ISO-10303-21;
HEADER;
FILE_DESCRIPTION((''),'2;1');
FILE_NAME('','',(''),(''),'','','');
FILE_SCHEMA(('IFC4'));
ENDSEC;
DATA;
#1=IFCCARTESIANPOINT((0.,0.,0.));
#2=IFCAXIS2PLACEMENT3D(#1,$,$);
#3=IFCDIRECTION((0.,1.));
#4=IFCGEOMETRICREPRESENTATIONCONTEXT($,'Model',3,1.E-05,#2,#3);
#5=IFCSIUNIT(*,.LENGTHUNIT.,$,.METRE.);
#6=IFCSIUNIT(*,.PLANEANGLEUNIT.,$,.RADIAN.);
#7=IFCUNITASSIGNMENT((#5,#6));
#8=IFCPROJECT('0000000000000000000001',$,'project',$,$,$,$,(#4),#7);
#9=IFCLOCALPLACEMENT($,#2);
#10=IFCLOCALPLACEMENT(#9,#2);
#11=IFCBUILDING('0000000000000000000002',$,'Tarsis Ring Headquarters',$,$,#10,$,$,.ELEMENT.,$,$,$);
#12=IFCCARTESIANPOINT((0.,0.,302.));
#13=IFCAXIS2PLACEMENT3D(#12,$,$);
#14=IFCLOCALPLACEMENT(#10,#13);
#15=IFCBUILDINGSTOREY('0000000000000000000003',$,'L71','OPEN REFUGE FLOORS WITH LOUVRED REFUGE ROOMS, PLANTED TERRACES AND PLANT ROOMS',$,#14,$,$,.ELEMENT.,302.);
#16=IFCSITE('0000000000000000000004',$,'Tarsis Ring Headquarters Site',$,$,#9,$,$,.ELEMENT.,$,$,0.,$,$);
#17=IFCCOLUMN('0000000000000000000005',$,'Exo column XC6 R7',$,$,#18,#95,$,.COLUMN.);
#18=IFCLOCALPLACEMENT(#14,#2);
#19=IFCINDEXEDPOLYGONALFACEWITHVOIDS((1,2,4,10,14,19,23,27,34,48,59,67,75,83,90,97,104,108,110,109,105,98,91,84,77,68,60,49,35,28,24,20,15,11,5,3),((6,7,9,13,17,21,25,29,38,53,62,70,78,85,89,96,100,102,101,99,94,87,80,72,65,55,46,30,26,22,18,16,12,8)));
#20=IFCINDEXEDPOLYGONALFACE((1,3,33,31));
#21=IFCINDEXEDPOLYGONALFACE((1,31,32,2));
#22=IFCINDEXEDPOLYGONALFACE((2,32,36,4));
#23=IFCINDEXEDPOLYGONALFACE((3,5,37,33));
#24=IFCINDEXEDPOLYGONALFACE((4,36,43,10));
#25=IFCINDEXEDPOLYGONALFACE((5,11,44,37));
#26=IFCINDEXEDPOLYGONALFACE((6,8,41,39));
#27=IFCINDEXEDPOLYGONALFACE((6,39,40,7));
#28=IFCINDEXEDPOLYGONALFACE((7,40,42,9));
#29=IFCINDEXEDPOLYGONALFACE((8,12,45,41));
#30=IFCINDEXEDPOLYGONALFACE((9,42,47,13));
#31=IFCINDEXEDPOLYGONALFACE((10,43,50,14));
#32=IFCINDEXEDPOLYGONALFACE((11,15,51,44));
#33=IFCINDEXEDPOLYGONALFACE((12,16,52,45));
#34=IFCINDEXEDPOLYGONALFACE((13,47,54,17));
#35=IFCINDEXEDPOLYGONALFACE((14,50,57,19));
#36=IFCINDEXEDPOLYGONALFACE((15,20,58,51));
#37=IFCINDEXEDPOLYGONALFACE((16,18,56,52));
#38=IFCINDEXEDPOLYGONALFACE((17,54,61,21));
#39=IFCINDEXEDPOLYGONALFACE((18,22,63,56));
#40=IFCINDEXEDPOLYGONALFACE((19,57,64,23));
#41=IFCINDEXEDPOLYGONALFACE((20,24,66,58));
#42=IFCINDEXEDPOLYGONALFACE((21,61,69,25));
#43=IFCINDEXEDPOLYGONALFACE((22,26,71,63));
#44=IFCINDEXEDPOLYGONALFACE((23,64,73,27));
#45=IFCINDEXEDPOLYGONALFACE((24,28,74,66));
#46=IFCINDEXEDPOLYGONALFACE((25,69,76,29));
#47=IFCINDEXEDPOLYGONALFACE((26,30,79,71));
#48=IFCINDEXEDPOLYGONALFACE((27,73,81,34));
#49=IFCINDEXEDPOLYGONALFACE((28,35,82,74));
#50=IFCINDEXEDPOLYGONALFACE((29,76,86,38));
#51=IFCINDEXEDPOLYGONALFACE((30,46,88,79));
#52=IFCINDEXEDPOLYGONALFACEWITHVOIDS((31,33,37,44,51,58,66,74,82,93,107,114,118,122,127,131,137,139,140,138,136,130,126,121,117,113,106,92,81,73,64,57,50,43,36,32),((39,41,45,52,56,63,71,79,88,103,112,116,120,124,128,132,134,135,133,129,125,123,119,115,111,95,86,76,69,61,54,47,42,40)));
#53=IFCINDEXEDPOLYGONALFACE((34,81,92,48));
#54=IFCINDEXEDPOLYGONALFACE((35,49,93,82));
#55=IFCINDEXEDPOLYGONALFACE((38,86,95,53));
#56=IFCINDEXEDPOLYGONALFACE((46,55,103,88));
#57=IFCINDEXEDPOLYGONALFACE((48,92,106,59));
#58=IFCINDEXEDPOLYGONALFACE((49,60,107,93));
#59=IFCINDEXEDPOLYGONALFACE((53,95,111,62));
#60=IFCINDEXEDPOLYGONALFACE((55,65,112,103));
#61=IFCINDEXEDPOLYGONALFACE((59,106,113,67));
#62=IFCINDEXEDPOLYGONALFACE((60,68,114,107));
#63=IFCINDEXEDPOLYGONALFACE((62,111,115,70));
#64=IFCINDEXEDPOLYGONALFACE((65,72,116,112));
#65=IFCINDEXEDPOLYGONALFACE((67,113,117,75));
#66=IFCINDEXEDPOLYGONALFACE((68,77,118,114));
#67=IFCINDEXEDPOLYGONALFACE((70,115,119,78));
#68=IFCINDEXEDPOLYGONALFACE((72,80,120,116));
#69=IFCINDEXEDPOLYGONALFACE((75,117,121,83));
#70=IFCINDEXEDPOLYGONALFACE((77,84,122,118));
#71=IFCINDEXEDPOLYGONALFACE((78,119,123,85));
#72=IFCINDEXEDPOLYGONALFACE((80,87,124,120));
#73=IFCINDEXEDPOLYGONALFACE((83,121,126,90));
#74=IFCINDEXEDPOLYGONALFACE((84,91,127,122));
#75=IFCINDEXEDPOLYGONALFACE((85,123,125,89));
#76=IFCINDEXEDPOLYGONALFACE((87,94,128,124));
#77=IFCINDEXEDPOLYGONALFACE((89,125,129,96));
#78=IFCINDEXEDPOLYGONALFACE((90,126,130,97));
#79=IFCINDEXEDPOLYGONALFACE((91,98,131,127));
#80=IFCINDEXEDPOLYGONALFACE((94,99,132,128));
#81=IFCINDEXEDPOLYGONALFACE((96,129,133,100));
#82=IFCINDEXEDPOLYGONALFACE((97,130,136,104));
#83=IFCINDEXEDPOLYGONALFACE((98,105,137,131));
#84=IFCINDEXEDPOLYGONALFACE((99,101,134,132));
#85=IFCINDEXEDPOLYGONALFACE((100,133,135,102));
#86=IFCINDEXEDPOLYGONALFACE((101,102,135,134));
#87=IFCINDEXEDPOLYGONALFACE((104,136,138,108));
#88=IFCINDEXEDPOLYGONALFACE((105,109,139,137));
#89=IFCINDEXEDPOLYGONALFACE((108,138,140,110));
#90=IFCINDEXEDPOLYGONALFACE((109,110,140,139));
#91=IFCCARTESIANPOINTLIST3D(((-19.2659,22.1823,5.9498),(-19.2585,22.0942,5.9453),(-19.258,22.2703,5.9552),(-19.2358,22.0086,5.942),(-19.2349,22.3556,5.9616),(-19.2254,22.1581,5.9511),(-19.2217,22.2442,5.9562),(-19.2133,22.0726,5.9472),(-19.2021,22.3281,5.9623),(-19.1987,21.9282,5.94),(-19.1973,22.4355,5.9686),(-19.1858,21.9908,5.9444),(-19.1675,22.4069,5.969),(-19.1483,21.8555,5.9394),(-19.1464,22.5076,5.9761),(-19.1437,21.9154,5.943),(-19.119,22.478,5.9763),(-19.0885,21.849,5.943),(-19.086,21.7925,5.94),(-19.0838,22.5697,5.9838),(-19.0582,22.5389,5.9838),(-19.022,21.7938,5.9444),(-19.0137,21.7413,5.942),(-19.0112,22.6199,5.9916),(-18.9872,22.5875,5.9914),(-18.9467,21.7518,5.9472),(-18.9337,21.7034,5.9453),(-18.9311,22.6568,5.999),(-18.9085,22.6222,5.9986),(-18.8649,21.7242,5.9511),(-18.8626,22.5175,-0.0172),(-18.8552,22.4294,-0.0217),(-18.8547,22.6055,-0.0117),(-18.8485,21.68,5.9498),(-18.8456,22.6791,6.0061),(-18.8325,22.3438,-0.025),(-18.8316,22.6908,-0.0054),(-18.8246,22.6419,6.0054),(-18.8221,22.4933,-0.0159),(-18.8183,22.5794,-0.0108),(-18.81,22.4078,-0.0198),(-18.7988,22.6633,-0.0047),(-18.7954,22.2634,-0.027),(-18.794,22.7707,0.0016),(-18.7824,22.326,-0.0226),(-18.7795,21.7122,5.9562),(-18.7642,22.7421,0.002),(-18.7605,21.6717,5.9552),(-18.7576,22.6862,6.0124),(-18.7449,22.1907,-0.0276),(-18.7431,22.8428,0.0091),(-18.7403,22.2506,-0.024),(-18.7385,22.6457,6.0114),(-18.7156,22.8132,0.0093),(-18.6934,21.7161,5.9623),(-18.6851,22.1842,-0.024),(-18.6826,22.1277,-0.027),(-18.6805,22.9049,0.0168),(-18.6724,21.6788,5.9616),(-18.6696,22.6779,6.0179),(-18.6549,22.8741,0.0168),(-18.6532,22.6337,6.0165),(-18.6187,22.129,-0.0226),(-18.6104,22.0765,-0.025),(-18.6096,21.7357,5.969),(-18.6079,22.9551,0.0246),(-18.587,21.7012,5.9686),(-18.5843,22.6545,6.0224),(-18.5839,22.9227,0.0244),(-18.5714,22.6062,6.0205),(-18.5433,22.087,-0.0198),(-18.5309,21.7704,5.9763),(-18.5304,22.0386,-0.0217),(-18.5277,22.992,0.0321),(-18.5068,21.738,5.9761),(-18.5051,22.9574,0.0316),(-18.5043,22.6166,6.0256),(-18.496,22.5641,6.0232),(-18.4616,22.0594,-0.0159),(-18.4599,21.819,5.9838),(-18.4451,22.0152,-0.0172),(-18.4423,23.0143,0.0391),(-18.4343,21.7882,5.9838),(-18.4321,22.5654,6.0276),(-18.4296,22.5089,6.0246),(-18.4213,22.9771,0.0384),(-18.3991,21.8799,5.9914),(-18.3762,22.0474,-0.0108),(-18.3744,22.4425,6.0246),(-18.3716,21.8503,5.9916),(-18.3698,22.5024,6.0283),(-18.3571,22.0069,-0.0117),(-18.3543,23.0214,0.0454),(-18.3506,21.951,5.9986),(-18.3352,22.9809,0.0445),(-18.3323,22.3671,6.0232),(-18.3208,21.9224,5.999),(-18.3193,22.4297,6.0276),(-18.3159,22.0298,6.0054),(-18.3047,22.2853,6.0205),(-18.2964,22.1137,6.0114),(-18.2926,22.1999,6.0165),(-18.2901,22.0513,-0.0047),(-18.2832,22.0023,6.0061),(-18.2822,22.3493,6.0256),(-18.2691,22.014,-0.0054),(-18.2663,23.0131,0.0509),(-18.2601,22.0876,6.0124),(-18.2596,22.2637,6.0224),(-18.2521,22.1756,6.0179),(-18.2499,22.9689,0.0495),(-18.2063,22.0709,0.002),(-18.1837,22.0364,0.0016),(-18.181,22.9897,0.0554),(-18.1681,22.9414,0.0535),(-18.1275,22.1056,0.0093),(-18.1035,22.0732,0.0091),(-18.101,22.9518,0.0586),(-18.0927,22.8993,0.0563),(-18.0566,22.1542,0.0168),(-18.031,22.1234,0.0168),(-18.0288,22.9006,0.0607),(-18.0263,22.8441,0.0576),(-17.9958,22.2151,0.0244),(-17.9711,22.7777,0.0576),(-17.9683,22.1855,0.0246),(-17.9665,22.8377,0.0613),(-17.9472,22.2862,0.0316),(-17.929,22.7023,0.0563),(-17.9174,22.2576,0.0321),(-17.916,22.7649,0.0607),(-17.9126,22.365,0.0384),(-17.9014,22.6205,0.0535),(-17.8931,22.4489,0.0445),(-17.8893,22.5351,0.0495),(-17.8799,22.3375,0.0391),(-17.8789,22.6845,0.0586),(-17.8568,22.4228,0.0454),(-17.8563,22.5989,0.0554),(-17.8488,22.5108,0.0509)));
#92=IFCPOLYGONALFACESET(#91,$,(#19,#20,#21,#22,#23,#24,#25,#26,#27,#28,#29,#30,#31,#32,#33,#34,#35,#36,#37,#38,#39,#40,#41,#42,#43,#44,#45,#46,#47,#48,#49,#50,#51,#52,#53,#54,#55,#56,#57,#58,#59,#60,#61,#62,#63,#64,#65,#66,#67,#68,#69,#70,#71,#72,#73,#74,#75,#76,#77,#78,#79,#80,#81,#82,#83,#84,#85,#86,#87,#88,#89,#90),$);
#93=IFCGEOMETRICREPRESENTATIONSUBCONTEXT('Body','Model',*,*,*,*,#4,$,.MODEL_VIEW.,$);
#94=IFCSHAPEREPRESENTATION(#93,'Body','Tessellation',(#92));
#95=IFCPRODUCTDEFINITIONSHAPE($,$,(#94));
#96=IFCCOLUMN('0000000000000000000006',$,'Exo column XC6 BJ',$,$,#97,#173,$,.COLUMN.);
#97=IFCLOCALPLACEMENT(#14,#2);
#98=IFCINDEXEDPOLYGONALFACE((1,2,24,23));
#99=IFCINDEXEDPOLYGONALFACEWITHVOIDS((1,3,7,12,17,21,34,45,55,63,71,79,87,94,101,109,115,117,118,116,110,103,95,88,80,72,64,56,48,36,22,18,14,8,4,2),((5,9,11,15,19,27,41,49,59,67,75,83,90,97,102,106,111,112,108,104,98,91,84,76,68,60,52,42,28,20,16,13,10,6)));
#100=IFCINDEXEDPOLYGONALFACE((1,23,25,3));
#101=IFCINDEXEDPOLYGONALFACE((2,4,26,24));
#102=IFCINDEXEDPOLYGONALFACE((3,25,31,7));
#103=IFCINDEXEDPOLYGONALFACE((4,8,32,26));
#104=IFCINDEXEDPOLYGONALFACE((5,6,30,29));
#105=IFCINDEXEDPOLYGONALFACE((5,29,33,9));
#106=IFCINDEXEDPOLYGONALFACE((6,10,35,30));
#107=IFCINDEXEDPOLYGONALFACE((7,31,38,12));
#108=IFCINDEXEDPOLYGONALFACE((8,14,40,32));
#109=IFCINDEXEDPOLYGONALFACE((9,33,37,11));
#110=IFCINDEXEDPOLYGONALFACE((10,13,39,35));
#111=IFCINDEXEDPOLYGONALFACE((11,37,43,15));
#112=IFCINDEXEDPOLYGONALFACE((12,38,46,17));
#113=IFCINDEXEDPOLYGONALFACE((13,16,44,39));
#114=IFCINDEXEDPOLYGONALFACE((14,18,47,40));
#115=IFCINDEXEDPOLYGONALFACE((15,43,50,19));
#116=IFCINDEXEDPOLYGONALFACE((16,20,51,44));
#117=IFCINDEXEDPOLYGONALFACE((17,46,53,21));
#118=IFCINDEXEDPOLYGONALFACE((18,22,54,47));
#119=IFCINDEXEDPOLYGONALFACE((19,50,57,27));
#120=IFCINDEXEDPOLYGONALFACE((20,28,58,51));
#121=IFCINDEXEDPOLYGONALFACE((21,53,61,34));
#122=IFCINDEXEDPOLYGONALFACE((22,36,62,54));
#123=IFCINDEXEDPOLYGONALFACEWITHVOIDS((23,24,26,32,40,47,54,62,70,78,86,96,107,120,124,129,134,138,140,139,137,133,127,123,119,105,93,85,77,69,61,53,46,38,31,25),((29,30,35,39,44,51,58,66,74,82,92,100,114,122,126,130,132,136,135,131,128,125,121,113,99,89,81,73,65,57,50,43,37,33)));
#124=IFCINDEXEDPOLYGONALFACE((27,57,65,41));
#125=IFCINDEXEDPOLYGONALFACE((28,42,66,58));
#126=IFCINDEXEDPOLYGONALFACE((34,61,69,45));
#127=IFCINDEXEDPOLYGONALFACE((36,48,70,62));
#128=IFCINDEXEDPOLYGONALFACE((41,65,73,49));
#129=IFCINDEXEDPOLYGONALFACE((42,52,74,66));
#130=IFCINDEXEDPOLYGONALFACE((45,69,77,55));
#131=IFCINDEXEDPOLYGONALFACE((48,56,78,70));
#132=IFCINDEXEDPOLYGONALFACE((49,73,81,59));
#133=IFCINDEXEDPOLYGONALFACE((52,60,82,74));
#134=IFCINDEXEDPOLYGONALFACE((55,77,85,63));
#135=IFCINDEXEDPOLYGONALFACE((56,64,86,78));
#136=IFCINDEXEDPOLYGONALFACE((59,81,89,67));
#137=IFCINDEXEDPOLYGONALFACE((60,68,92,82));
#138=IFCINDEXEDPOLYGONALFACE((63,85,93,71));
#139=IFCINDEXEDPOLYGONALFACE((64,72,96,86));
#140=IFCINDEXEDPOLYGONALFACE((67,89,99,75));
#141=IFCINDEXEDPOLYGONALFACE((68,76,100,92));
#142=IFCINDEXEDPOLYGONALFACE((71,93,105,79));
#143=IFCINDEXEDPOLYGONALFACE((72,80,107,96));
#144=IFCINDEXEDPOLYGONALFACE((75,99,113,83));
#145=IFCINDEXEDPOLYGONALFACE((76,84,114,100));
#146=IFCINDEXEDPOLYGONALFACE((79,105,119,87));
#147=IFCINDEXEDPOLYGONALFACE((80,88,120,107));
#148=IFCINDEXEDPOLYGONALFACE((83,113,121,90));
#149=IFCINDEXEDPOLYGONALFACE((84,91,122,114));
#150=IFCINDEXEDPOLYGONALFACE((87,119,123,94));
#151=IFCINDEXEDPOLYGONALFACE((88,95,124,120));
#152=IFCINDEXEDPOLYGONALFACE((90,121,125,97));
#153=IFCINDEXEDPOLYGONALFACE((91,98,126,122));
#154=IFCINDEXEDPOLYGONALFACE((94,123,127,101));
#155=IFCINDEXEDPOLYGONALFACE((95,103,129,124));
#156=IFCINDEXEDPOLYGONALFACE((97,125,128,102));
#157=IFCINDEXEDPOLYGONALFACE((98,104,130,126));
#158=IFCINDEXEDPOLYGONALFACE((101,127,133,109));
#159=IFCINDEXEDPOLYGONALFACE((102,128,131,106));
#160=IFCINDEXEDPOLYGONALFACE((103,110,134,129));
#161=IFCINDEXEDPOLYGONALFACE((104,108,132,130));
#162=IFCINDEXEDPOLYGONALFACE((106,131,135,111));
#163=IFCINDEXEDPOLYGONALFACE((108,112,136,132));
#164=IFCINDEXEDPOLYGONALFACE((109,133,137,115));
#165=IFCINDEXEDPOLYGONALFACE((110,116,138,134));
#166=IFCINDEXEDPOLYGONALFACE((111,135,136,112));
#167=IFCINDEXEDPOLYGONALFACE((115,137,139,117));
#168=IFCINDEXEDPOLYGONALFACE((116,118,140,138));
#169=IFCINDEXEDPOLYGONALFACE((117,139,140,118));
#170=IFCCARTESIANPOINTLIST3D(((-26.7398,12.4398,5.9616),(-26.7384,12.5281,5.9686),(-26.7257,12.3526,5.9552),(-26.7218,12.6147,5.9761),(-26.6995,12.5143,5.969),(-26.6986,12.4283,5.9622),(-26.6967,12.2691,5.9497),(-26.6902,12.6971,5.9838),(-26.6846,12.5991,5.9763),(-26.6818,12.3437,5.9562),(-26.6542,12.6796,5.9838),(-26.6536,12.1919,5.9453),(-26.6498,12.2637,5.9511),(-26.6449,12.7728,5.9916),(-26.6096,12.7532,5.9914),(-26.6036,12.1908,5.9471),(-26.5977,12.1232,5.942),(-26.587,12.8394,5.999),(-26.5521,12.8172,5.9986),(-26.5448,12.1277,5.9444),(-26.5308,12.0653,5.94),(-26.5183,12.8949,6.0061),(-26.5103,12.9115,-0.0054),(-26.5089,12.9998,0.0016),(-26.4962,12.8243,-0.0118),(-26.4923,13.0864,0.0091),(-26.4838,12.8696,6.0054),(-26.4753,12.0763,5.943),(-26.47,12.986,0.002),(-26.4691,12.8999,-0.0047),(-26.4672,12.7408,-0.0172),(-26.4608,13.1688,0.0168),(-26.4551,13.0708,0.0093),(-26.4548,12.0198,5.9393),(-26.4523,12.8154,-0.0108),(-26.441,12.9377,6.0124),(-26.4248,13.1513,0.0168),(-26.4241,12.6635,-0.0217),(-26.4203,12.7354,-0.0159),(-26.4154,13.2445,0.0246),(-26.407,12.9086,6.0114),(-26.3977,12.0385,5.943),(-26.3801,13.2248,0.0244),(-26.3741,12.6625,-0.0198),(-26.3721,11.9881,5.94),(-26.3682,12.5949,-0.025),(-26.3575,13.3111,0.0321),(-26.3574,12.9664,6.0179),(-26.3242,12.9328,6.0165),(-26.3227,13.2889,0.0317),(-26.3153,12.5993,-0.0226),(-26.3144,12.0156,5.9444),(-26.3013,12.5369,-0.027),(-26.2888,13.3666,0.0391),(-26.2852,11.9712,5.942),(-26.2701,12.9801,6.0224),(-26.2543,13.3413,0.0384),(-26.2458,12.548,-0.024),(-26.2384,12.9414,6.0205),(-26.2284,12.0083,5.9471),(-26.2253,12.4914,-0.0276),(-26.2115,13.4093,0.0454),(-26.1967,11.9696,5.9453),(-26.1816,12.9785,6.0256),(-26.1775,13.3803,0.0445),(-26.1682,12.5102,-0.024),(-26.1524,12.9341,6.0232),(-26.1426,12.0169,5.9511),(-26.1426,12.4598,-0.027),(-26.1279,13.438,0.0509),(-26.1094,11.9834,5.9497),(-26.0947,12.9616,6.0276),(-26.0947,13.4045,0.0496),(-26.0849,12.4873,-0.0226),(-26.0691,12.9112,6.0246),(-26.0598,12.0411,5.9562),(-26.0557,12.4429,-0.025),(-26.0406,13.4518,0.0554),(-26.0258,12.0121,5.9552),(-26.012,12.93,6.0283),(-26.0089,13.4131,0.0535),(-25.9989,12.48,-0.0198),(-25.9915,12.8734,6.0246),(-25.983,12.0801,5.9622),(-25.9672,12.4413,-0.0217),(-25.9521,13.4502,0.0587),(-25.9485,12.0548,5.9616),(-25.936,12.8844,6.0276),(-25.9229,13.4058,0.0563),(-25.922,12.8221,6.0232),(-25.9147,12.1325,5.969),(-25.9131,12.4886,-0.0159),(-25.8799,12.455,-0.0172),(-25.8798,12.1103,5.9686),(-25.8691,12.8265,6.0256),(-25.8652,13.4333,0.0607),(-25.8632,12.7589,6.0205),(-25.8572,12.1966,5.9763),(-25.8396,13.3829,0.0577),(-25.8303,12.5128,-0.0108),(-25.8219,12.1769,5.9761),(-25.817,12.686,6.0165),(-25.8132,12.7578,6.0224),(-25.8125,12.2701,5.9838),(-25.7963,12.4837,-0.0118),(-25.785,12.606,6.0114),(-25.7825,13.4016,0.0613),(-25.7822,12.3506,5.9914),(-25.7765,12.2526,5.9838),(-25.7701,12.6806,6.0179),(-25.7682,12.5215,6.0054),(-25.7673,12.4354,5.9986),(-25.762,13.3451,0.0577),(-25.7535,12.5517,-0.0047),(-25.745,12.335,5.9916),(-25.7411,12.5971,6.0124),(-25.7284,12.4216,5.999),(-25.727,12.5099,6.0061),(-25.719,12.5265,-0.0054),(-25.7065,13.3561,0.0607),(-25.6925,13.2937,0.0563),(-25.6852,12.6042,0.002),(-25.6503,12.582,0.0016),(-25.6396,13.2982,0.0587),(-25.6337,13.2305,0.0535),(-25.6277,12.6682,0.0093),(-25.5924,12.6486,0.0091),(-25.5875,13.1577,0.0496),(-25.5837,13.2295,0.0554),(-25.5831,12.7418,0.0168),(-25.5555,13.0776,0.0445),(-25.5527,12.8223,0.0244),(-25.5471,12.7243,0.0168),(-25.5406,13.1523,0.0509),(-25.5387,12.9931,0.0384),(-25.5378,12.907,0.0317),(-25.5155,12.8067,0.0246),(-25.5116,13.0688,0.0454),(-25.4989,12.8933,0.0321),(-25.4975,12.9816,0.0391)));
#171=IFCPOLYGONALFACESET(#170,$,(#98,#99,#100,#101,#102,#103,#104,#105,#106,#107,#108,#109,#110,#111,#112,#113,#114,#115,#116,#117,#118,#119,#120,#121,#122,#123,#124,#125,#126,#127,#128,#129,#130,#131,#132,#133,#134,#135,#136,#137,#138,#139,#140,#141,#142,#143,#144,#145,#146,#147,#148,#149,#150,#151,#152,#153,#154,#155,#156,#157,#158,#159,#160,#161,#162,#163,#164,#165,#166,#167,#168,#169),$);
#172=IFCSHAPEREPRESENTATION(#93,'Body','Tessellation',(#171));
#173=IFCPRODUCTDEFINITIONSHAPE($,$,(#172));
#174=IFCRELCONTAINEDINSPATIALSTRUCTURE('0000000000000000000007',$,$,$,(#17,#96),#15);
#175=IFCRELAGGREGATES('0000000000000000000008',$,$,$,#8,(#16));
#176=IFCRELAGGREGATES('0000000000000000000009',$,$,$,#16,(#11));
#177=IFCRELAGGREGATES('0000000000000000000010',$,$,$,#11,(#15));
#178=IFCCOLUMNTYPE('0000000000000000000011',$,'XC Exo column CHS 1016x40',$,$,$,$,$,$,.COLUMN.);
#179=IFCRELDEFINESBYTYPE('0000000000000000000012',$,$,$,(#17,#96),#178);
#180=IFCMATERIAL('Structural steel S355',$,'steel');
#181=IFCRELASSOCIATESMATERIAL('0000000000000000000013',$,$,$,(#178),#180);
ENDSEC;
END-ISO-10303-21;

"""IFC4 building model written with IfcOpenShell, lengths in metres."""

from ifc_helpers import new_model, si_unit, direction, frame, origin, origin_2d, place, context, subcontext, project, spatial, hollow_circle, extrude, material, material_profile, profile_set, type_object, element, save


model = new_model("IFC4")

# Units and contexts
model_context = context("Model", 3, precision=1e-05, world=origin(), true_north=direction((0.0, 1.0)))
body_context = subcontext(model_context, "Body", "Model", "MODEL_VIEW")
ifc_project = project(units=[si_unit("LENGTHUNIT", "METRE"), si_unit("PLANEANGLEUNIT", "RADIAN")], contexts=[model_context])

# Site, building, storey
site_placement = place(None, origin())
site = spatial("IfcSite", under=ifc_project, at=site_placement, Name="Tarsis Ring Headquarters Site", CompositionType="ELEMENT", RefElevation=0.0)
building_placement = place(site_placement, origin())
building = spatial("IfcBuilding", under=site, at=building_placement, Name="Tarsis Ring Headquarters", CompositionType="ELEMENT")
storey_placement = place(building_placement, frame((0.0, 0.0, 302.0)))
storey = spatial("IfcBuildingStorey", under=building, at=storey_placement, Name="L71", Description="OPEN REFUGE FLOORS WITH LOUVRED REFUGE ROOMS, PLANTED TERRACES AND PLANT ROOMS", CompositionType="ELEMENT", Elevation=302.0)

# Columns
ifc_material_1 = material(Name="Structural steel S355", Category="steel")
ifc_material_profile_1 = material_profile(ifc_material_1, hollow_circle(Radius=0.5081, WallThickness=0.04, at=origin_2d()), Name="CHS 1016x40")
ifc_profile_set_1 = profile_set([ifc_material_profile_1], Name="Structural steel S355")
column_type = type_object("IfcColumnType", Name="XC Exo column CHS 1016x40", PredefinedType="COLUMN", material=ifc_profile_set_1)
for number, where, z_axis, x_axis, name in (
    (1, (-18.3557, 22.5142, 0.0168), (-0.067332, -0.05596, 0.99616), (0.639176, -0.76906, 0.0), "Exo column XC6 R7"),
    (2, (-26.0039, 12.9465, 0.0168), (-0.038312, -0.078744, 0.996158), (0.899215, -0.437506, 0.0), "Exo column XC6 BJ"),
):
    element("IfcColumn", number, at=place(storey_placement, frame(where, z_axis=z_axis, x_axis=x_axis)), inside=storey, type_object=column_type, Name=name, PredefinedType="COLUMN", context=body_context, shape_type="SweptSolid", body=[
        extrude(hollow_circle(Radius=0.5081, WallThickness=0.04, at=origin_2d()), origin(), (0.0, 0.0, 1.0), 5.99),
    ])

save(model, "model.ifc")
